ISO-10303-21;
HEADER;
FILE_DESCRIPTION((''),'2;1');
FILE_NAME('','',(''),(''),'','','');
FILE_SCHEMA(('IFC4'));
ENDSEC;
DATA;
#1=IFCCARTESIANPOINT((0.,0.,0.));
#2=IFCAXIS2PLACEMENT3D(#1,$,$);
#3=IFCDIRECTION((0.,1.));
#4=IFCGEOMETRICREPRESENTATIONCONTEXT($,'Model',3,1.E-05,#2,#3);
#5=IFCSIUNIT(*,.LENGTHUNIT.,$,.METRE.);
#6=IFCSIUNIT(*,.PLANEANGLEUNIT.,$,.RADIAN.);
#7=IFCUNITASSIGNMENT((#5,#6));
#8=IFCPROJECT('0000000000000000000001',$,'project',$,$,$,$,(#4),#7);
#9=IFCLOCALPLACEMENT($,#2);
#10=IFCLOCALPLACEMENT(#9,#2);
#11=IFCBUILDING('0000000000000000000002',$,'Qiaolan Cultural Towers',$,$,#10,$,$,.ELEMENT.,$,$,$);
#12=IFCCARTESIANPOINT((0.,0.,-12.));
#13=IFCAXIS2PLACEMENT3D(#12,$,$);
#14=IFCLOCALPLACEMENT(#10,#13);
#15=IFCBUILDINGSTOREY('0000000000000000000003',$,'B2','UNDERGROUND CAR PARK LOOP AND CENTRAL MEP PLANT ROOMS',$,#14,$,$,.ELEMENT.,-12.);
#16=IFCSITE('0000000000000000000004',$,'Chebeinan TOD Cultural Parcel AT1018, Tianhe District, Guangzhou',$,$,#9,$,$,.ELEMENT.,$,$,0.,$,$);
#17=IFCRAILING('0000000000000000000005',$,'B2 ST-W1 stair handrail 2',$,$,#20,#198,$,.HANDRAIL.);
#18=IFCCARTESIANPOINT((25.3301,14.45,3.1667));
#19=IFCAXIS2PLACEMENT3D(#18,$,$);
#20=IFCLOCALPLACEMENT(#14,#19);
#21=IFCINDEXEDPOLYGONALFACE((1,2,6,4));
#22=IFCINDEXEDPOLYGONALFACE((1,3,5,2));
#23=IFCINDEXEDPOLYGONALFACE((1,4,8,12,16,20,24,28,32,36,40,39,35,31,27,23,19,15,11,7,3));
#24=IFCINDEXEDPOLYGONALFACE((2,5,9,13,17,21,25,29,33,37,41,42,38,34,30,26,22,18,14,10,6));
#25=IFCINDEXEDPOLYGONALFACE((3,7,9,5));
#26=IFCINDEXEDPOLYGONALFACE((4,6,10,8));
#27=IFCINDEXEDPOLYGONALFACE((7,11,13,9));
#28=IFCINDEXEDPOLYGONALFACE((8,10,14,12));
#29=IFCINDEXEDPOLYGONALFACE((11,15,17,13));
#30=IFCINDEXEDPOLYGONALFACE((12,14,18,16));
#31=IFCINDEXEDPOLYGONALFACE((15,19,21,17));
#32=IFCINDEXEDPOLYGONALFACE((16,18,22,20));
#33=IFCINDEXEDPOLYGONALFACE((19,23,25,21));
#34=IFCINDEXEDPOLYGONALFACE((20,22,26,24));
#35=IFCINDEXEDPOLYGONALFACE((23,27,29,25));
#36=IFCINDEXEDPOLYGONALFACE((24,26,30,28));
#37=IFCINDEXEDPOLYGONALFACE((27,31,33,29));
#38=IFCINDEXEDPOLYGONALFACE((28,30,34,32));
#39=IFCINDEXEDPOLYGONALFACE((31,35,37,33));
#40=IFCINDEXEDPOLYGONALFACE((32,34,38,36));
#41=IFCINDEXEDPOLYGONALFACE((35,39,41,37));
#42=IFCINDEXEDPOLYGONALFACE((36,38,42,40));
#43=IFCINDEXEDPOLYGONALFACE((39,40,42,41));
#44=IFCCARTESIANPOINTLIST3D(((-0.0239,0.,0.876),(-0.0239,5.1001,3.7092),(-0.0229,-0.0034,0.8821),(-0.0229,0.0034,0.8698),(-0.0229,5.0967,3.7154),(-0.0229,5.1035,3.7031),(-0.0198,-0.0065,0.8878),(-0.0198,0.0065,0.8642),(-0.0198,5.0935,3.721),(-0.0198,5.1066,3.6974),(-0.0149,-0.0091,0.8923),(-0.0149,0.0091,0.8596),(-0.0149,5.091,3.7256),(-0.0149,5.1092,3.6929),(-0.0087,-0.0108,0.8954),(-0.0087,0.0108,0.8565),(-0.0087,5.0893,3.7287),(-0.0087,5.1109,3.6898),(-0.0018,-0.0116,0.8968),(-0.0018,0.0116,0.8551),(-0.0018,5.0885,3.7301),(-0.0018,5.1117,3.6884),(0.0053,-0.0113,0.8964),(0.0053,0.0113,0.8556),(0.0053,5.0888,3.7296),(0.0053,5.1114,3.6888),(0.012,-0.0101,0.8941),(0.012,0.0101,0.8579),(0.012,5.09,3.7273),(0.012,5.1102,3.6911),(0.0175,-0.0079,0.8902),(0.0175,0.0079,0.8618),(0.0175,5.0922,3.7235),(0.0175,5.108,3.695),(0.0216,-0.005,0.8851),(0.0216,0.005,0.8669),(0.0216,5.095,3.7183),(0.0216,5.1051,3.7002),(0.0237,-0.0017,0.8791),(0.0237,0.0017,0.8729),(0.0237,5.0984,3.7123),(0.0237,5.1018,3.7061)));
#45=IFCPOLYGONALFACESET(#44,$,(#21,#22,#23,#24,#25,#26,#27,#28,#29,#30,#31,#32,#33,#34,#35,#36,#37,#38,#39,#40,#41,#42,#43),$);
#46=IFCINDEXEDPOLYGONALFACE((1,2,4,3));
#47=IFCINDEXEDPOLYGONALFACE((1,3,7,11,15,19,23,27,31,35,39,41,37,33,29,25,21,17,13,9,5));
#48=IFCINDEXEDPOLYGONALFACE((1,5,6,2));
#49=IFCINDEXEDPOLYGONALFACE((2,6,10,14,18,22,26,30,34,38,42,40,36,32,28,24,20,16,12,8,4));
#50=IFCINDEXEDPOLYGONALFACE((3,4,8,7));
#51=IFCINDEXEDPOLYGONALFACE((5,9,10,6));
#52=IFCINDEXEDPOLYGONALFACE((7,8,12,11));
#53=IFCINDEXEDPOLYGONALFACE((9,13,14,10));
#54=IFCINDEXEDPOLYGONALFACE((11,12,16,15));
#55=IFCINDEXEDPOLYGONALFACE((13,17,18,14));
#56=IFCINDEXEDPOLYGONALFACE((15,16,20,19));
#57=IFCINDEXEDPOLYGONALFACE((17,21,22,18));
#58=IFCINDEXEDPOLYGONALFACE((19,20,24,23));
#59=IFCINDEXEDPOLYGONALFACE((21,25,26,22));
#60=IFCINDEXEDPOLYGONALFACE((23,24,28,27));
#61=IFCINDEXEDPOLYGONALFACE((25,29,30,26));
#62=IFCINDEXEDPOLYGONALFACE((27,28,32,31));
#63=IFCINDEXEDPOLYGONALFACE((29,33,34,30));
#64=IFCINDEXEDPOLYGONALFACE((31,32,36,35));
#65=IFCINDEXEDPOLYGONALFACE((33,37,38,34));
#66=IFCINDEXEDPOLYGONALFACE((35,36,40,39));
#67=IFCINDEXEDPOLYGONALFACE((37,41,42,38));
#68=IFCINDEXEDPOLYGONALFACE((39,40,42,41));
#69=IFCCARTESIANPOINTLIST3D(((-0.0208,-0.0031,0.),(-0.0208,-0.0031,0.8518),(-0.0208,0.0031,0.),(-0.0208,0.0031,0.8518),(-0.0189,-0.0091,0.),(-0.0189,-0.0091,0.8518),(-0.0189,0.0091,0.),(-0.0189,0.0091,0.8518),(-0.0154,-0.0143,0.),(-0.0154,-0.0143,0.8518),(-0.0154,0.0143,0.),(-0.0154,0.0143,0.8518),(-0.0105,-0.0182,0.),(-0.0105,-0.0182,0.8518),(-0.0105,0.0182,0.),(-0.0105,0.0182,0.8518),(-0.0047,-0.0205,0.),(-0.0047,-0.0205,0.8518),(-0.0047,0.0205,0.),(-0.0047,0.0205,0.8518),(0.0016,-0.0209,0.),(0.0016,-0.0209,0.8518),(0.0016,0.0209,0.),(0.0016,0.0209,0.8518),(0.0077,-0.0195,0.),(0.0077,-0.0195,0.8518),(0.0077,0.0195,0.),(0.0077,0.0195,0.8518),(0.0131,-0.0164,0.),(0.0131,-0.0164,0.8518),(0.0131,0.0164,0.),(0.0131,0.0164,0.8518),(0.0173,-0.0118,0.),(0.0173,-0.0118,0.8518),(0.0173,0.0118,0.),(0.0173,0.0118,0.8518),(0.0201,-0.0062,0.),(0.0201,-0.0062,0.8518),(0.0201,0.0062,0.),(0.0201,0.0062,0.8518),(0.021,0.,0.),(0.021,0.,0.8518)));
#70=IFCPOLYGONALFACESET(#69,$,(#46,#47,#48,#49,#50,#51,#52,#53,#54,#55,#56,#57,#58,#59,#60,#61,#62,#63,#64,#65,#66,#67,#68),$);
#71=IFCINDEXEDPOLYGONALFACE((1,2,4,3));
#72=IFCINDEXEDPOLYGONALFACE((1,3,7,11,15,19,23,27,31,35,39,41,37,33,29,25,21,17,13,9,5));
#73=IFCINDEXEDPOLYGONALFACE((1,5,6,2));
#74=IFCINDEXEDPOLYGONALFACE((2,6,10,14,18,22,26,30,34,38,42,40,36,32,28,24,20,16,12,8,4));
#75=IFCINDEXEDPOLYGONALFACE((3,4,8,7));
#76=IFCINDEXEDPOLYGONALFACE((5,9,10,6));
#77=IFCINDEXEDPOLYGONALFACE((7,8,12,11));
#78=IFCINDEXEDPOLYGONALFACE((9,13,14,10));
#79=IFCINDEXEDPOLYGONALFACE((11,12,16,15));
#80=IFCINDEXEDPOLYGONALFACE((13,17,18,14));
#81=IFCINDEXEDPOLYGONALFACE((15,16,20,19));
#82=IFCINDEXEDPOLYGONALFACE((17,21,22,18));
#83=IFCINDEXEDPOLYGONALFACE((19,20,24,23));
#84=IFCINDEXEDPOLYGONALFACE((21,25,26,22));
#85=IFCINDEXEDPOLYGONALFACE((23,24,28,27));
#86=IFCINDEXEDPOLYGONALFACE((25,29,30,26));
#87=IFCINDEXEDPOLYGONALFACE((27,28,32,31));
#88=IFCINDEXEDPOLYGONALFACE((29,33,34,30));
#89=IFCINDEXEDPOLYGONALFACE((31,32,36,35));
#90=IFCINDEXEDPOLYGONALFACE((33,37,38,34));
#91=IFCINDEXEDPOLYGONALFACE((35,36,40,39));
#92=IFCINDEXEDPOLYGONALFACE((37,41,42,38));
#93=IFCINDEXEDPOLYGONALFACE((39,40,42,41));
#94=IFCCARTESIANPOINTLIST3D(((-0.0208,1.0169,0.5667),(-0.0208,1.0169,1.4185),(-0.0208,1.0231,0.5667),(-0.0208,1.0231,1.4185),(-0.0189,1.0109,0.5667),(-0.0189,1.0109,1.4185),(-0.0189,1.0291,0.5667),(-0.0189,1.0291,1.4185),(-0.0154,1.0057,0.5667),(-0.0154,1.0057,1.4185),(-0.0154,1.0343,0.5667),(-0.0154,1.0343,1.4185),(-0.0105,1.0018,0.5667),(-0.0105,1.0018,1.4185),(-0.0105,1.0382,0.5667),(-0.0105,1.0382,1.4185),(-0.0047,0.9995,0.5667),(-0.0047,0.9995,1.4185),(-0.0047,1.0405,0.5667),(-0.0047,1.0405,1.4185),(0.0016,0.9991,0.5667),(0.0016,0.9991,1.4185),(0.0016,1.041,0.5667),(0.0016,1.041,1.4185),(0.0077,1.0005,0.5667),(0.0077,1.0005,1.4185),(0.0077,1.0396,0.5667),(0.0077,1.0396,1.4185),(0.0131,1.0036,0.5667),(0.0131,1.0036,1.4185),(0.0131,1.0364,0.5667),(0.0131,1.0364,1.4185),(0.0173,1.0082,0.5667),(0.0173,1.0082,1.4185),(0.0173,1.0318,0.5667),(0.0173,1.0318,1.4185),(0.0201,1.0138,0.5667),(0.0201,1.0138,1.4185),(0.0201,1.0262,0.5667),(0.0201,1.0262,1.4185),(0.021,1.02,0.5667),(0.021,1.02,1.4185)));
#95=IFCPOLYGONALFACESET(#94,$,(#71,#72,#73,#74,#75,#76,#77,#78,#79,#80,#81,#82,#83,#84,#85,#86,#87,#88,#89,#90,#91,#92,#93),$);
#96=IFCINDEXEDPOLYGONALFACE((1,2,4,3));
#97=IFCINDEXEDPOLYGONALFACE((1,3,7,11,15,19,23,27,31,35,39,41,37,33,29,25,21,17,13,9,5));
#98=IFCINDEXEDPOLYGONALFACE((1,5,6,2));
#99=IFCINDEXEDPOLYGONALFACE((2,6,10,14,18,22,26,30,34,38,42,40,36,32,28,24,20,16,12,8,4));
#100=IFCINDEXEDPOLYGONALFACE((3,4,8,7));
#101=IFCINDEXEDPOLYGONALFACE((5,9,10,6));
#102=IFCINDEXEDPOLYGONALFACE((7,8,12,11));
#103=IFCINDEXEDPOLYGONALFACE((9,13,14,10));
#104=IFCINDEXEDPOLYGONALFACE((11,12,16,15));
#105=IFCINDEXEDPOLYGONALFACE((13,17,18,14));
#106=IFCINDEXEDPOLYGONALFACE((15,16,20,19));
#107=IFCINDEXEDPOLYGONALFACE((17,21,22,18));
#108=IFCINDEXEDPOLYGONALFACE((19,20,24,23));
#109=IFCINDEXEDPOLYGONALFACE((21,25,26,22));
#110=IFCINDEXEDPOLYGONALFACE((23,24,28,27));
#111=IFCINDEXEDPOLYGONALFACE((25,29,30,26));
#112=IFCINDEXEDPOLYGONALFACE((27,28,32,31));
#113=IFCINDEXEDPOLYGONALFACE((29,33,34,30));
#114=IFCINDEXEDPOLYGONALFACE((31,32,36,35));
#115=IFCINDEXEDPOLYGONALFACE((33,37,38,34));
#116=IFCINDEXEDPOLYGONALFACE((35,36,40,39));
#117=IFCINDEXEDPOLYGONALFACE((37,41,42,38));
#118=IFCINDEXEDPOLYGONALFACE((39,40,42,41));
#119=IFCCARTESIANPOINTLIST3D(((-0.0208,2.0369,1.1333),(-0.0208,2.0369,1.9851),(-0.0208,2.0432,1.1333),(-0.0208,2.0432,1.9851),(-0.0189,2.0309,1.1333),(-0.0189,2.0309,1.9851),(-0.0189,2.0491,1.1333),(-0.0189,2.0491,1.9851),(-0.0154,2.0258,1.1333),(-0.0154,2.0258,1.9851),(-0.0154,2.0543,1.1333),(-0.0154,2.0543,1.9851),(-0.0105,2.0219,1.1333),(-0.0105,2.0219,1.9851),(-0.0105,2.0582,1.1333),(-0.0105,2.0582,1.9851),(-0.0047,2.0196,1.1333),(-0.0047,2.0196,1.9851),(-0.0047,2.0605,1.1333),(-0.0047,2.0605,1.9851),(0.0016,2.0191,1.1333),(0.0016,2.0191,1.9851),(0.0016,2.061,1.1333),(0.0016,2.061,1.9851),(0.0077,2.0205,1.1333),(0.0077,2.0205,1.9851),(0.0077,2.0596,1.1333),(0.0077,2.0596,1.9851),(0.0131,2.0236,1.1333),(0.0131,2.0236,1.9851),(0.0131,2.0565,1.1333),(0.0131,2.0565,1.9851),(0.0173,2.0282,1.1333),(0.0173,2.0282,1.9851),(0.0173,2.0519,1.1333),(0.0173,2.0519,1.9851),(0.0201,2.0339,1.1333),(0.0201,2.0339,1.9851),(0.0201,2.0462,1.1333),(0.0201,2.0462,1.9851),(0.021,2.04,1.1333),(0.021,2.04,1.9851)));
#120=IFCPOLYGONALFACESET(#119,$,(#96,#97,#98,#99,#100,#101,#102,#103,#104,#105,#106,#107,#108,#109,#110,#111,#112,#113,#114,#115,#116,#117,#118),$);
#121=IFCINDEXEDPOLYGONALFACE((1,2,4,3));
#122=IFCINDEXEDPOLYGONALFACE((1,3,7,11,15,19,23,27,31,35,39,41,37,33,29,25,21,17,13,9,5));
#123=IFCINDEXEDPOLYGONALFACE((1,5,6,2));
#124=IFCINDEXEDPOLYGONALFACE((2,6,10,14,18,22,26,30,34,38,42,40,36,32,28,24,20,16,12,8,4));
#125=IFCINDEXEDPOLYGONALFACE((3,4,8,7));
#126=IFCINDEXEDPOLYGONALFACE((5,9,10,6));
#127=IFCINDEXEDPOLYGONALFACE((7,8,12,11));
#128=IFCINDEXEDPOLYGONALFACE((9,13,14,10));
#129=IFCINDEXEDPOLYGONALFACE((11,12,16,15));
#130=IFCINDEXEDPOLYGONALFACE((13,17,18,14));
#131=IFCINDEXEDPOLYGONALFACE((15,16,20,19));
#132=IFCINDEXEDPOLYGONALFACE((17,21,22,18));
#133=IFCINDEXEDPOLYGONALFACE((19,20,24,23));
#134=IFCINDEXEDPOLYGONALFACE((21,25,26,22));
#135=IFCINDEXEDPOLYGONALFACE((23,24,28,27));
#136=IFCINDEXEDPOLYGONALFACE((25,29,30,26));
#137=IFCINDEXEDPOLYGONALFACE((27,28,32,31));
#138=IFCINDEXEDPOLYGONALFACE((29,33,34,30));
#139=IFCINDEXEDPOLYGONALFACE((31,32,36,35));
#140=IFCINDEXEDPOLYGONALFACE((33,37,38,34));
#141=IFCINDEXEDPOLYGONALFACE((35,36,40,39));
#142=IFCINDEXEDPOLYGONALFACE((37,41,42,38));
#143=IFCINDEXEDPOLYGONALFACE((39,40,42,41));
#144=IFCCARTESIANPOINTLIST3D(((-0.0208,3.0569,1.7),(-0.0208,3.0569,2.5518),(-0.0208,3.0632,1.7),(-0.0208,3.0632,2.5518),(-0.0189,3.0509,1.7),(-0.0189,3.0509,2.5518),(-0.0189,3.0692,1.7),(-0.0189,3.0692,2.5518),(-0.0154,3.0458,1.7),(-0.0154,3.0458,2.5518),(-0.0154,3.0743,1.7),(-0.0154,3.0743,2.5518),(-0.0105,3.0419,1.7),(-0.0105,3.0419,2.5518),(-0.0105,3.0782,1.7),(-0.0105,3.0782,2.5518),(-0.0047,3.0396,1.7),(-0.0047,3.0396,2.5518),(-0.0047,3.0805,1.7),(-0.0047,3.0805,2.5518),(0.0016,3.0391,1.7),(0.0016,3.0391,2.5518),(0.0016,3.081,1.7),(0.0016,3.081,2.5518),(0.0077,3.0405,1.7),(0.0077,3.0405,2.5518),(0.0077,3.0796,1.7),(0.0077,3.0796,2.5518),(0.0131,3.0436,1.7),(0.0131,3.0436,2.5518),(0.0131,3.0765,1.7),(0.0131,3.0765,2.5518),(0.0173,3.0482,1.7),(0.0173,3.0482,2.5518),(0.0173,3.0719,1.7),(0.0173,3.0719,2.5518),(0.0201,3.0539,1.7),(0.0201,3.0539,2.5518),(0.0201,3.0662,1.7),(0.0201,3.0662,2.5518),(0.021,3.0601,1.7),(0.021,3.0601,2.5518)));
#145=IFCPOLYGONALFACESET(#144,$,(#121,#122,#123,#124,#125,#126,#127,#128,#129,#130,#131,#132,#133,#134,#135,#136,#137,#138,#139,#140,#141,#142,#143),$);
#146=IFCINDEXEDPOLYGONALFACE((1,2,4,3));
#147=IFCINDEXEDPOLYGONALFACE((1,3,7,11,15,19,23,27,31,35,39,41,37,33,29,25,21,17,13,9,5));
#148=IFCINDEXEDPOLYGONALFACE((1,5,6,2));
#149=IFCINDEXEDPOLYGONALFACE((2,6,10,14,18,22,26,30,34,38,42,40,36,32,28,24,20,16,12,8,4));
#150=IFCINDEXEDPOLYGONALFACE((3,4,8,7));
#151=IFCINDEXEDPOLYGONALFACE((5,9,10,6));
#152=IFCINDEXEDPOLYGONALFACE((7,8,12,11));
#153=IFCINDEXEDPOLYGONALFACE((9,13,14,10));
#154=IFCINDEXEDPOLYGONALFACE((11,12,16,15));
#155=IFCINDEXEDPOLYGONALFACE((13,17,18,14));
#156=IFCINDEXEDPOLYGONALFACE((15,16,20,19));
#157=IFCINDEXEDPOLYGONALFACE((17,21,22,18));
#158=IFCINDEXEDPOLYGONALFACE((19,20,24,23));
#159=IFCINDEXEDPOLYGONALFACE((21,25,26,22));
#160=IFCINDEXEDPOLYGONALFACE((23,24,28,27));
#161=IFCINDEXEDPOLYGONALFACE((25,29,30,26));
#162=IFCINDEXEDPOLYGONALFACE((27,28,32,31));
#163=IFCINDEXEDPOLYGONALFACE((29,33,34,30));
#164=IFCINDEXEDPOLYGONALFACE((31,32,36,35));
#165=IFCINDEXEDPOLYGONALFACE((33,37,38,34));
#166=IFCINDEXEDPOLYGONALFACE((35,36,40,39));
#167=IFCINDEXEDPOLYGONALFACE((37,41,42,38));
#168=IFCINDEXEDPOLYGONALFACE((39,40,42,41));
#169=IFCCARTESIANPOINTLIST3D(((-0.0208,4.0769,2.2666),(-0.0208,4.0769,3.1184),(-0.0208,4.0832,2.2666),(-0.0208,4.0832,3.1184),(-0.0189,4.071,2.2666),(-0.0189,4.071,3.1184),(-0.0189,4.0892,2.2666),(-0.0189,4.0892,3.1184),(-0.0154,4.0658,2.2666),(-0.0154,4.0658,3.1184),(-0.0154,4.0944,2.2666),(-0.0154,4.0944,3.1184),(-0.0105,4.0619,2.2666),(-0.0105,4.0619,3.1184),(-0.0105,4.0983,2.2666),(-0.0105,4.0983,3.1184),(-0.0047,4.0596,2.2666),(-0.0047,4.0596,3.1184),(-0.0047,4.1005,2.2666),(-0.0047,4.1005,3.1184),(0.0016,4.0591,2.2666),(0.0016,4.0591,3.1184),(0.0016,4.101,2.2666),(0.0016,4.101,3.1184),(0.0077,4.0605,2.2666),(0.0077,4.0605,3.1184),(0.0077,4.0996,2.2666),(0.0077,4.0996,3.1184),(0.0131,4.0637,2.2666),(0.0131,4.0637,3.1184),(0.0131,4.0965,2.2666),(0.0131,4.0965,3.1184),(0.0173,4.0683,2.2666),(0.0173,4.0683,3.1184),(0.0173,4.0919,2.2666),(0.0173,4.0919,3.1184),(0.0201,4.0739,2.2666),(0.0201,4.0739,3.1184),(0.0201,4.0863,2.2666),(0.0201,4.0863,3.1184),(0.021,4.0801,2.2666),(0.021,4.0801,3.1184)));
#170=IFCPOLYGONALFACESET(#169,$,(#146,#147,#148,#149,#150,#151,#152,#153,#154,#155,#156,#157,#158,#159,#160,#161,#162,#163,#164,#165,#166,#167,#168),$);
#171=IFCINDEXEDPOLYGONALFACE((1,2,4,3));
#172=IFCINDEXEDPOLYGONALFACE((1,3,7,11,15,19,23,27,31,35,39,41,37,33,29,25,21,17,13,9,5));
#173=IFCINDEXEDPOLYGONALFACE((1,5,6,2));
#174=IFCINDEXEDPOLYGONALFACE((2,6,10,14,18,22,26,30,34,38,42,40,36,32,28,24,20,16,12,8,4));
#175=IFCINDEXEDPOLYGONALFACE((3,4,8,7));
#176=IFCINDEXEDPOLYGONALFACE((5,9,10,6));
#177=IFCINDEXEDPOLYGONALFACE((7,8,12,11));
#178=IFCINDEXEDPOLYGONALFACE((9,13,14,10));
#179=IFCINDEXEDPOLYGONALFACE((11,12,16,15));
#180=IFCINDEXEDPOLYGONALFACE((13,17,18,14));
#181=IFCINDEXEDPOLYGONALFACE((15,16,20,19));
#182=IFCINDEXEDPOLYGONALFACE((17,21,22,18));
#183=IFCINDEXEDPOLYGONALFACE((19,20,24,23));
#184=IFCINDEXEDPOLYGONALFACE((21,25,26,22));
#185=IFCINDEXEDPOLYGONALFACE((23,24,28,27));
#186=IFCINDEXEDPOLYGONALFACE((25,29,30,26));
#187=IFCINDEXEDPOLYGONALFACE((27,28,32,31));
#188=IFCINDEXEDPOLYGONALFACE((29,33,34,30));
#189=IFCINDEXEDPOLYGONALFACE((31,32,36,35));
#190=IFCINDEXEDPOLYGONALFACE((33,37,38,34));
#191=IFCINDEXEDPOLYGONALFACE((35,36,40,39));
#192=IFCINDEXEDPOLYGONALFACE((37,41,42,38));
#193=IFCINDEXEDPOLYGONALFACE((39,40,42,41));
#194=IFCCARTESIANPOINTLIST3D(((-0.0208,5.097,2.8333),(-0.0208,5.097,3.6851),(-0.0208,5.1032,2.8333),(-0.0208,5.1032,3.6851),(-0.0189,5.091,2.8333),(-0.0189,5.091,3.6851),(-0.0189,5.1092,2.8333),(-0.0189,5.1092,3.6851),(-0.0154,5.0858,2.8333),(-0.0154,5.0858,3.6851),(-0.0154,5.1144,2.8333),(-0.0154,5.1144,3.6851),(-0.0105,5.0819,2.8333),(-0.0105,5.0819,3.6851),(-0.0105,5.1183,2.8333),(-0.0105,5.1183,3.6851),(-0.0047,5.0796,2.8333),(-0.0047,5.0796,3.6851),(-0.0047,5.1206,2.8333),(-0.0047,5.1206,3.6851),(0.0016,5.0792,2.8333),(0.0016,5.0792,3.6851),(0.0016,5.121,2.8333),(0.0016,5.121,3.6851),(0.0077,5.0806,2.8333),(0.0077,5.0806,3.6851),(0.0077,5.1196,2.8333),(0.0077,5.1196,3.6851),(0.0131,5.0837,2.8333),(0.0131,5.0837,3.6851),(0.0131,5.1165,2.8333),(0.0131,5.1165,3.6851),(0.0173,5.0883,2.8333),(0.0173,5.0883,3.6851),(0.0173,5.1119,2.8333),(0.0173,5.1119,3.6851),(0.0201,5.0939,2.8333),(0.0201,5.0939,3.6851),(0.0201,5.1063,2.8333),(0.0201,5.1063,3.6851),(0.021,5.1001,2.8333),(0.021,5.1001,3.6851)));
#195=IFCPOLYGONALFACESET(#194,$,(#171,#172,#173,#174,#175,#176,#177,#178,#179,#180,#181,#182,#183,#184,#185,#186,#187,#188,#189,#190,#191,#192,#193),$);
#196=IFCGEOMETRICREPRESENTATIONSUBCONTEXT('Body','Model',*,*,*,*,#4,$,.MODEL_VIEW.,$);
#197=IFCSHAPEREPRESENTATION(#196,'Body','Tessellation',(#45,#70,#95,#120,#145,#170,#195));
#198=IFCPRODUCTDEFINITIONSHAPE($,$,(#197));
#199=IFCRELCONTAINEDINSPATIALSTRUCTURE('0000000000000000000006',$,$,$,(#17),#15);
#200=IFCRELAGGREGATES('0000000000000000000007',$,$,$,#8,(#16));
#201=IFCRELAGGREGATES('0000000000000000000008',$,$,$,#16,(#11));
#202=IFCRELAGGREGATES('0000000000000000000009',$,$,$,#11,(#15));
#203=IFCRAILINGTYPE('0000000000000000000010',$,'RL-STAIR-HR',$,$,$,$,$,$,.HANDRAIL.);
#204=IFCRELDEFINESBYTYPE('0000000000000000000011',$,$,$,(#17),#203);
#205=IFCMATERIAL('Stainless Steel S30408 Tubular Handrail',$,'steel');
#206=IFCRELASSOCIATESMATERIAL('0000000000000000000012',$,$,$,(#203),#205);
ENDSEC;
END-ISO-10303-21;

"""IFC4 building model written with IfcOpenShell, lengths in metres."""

from ifc_helpers import new_model, si_unit, direction, frame, origin, origin_2d, place, context, subcontext, project, spatial, circle, extrude, material, type_object, element, save


model = new_model("IFC4")

# Units and contexts
model_context = context("Model", 3, precision=1e-05, world=origin(), true_north=direction((0.0, 1.0)))
body_context = subcontext(model_context, "Body", "Model", "MODEL_VIEW")
ifc_project = project(units=[si_unit("LENGTHUNIT", "METRE"), si_unit("PLANEANGLEUNIT", "RADIAN")], contexts=[model_context])

# Site, building, storey
site_placement = place(None, origin())
site = spatial("IfcSite", under=ifc_project, at=site_placement, Name="Chebeinan TOD Cultural Parcel AT1018, Tianhe District, Guangzhou", CompositionType="ELEMENT", RefElevation=0.0)
building_placement = place(site_placement, origin())
building = spatial("IfcBuilding", under=site, at=building_placement, Name="Qiaolan Cultural Towers", CompositionType="ELEMENT")
storey_placement = place(building_placement, frame((0.0, 0.0, -12.0)))
storey = spatial("IfcBuildingStorey", under=building, at=storey_placement, Name="B2", Description="UNDERGROUND CAR PARK LOOP AND CENTRAL MEP PLANT ROOMS", CompositionType="ELEMENT", Elevation=-12.0)

# Railing
ifc_material_1 = material(Name="Stainless Steel S30408 Tubular Handrail", Category="steel")
railing_type_1 = type_object("IfcRailingType", Name="RL-STAIR-HR", PredefinedType="HANDRAIL", material=ifc_material_1)
railing_1_placement = place(storey_placement, frame((25.3301, 14.45, 3.1667)))
element("IfcRailing", 1, at=railing_1_placement, inside=storey, type_object=railing_type_1, Name="B2 ST-W1 stair handrail 2", PredefinedType="HANDRAIL", context=body_context, shape_type="SweptSolid", body=[
    extrude(circle(Radius=0.0239, at=origin_2d()), frame((0.0, 0.0, 0.876), z_axis=(0.0, 0.874167, 0.485625), x_axis=(-1.0, 0.0, 0.0)), (0.0, 0.0, 1.0), 5.8342),
    extrude(circle(Radius=0.021, at=origin_2d()), origin(), (0.0, 0.0, 1.0), 0.8518),
    extrude(circle(Radius=0.021, at=origin_2d()), frame((0.0, 1.02, 0.5667)), (0.0, 0.0, 1.0), 0.8518),
    extrude(circle(Radius=0.021, at=origin_2d()), frame((0.0, 2.04, 1.1333)), (0.0, 0.0, 1.0), 0.8518),
    extrude(circle(Radius=0.021, at=origin_2d()), frame((0.0, 3.0601, 1.7)), (0.0, 0.0, 1.0), 0.8518),
    extrude(circle(Radius=0.021, at=origin_2d()), frame((0.0, 4.0801, 2.2666)), (0.0, 0.0, 1.0), 0.8518),
    extrude(circle(Radius=0.021, at=origin_2d()), frame((0.0, 5.1001, 2.8333)), (0.0, 0.0, 1.0), 0.8518),
])

save(model, "model.ifc")
